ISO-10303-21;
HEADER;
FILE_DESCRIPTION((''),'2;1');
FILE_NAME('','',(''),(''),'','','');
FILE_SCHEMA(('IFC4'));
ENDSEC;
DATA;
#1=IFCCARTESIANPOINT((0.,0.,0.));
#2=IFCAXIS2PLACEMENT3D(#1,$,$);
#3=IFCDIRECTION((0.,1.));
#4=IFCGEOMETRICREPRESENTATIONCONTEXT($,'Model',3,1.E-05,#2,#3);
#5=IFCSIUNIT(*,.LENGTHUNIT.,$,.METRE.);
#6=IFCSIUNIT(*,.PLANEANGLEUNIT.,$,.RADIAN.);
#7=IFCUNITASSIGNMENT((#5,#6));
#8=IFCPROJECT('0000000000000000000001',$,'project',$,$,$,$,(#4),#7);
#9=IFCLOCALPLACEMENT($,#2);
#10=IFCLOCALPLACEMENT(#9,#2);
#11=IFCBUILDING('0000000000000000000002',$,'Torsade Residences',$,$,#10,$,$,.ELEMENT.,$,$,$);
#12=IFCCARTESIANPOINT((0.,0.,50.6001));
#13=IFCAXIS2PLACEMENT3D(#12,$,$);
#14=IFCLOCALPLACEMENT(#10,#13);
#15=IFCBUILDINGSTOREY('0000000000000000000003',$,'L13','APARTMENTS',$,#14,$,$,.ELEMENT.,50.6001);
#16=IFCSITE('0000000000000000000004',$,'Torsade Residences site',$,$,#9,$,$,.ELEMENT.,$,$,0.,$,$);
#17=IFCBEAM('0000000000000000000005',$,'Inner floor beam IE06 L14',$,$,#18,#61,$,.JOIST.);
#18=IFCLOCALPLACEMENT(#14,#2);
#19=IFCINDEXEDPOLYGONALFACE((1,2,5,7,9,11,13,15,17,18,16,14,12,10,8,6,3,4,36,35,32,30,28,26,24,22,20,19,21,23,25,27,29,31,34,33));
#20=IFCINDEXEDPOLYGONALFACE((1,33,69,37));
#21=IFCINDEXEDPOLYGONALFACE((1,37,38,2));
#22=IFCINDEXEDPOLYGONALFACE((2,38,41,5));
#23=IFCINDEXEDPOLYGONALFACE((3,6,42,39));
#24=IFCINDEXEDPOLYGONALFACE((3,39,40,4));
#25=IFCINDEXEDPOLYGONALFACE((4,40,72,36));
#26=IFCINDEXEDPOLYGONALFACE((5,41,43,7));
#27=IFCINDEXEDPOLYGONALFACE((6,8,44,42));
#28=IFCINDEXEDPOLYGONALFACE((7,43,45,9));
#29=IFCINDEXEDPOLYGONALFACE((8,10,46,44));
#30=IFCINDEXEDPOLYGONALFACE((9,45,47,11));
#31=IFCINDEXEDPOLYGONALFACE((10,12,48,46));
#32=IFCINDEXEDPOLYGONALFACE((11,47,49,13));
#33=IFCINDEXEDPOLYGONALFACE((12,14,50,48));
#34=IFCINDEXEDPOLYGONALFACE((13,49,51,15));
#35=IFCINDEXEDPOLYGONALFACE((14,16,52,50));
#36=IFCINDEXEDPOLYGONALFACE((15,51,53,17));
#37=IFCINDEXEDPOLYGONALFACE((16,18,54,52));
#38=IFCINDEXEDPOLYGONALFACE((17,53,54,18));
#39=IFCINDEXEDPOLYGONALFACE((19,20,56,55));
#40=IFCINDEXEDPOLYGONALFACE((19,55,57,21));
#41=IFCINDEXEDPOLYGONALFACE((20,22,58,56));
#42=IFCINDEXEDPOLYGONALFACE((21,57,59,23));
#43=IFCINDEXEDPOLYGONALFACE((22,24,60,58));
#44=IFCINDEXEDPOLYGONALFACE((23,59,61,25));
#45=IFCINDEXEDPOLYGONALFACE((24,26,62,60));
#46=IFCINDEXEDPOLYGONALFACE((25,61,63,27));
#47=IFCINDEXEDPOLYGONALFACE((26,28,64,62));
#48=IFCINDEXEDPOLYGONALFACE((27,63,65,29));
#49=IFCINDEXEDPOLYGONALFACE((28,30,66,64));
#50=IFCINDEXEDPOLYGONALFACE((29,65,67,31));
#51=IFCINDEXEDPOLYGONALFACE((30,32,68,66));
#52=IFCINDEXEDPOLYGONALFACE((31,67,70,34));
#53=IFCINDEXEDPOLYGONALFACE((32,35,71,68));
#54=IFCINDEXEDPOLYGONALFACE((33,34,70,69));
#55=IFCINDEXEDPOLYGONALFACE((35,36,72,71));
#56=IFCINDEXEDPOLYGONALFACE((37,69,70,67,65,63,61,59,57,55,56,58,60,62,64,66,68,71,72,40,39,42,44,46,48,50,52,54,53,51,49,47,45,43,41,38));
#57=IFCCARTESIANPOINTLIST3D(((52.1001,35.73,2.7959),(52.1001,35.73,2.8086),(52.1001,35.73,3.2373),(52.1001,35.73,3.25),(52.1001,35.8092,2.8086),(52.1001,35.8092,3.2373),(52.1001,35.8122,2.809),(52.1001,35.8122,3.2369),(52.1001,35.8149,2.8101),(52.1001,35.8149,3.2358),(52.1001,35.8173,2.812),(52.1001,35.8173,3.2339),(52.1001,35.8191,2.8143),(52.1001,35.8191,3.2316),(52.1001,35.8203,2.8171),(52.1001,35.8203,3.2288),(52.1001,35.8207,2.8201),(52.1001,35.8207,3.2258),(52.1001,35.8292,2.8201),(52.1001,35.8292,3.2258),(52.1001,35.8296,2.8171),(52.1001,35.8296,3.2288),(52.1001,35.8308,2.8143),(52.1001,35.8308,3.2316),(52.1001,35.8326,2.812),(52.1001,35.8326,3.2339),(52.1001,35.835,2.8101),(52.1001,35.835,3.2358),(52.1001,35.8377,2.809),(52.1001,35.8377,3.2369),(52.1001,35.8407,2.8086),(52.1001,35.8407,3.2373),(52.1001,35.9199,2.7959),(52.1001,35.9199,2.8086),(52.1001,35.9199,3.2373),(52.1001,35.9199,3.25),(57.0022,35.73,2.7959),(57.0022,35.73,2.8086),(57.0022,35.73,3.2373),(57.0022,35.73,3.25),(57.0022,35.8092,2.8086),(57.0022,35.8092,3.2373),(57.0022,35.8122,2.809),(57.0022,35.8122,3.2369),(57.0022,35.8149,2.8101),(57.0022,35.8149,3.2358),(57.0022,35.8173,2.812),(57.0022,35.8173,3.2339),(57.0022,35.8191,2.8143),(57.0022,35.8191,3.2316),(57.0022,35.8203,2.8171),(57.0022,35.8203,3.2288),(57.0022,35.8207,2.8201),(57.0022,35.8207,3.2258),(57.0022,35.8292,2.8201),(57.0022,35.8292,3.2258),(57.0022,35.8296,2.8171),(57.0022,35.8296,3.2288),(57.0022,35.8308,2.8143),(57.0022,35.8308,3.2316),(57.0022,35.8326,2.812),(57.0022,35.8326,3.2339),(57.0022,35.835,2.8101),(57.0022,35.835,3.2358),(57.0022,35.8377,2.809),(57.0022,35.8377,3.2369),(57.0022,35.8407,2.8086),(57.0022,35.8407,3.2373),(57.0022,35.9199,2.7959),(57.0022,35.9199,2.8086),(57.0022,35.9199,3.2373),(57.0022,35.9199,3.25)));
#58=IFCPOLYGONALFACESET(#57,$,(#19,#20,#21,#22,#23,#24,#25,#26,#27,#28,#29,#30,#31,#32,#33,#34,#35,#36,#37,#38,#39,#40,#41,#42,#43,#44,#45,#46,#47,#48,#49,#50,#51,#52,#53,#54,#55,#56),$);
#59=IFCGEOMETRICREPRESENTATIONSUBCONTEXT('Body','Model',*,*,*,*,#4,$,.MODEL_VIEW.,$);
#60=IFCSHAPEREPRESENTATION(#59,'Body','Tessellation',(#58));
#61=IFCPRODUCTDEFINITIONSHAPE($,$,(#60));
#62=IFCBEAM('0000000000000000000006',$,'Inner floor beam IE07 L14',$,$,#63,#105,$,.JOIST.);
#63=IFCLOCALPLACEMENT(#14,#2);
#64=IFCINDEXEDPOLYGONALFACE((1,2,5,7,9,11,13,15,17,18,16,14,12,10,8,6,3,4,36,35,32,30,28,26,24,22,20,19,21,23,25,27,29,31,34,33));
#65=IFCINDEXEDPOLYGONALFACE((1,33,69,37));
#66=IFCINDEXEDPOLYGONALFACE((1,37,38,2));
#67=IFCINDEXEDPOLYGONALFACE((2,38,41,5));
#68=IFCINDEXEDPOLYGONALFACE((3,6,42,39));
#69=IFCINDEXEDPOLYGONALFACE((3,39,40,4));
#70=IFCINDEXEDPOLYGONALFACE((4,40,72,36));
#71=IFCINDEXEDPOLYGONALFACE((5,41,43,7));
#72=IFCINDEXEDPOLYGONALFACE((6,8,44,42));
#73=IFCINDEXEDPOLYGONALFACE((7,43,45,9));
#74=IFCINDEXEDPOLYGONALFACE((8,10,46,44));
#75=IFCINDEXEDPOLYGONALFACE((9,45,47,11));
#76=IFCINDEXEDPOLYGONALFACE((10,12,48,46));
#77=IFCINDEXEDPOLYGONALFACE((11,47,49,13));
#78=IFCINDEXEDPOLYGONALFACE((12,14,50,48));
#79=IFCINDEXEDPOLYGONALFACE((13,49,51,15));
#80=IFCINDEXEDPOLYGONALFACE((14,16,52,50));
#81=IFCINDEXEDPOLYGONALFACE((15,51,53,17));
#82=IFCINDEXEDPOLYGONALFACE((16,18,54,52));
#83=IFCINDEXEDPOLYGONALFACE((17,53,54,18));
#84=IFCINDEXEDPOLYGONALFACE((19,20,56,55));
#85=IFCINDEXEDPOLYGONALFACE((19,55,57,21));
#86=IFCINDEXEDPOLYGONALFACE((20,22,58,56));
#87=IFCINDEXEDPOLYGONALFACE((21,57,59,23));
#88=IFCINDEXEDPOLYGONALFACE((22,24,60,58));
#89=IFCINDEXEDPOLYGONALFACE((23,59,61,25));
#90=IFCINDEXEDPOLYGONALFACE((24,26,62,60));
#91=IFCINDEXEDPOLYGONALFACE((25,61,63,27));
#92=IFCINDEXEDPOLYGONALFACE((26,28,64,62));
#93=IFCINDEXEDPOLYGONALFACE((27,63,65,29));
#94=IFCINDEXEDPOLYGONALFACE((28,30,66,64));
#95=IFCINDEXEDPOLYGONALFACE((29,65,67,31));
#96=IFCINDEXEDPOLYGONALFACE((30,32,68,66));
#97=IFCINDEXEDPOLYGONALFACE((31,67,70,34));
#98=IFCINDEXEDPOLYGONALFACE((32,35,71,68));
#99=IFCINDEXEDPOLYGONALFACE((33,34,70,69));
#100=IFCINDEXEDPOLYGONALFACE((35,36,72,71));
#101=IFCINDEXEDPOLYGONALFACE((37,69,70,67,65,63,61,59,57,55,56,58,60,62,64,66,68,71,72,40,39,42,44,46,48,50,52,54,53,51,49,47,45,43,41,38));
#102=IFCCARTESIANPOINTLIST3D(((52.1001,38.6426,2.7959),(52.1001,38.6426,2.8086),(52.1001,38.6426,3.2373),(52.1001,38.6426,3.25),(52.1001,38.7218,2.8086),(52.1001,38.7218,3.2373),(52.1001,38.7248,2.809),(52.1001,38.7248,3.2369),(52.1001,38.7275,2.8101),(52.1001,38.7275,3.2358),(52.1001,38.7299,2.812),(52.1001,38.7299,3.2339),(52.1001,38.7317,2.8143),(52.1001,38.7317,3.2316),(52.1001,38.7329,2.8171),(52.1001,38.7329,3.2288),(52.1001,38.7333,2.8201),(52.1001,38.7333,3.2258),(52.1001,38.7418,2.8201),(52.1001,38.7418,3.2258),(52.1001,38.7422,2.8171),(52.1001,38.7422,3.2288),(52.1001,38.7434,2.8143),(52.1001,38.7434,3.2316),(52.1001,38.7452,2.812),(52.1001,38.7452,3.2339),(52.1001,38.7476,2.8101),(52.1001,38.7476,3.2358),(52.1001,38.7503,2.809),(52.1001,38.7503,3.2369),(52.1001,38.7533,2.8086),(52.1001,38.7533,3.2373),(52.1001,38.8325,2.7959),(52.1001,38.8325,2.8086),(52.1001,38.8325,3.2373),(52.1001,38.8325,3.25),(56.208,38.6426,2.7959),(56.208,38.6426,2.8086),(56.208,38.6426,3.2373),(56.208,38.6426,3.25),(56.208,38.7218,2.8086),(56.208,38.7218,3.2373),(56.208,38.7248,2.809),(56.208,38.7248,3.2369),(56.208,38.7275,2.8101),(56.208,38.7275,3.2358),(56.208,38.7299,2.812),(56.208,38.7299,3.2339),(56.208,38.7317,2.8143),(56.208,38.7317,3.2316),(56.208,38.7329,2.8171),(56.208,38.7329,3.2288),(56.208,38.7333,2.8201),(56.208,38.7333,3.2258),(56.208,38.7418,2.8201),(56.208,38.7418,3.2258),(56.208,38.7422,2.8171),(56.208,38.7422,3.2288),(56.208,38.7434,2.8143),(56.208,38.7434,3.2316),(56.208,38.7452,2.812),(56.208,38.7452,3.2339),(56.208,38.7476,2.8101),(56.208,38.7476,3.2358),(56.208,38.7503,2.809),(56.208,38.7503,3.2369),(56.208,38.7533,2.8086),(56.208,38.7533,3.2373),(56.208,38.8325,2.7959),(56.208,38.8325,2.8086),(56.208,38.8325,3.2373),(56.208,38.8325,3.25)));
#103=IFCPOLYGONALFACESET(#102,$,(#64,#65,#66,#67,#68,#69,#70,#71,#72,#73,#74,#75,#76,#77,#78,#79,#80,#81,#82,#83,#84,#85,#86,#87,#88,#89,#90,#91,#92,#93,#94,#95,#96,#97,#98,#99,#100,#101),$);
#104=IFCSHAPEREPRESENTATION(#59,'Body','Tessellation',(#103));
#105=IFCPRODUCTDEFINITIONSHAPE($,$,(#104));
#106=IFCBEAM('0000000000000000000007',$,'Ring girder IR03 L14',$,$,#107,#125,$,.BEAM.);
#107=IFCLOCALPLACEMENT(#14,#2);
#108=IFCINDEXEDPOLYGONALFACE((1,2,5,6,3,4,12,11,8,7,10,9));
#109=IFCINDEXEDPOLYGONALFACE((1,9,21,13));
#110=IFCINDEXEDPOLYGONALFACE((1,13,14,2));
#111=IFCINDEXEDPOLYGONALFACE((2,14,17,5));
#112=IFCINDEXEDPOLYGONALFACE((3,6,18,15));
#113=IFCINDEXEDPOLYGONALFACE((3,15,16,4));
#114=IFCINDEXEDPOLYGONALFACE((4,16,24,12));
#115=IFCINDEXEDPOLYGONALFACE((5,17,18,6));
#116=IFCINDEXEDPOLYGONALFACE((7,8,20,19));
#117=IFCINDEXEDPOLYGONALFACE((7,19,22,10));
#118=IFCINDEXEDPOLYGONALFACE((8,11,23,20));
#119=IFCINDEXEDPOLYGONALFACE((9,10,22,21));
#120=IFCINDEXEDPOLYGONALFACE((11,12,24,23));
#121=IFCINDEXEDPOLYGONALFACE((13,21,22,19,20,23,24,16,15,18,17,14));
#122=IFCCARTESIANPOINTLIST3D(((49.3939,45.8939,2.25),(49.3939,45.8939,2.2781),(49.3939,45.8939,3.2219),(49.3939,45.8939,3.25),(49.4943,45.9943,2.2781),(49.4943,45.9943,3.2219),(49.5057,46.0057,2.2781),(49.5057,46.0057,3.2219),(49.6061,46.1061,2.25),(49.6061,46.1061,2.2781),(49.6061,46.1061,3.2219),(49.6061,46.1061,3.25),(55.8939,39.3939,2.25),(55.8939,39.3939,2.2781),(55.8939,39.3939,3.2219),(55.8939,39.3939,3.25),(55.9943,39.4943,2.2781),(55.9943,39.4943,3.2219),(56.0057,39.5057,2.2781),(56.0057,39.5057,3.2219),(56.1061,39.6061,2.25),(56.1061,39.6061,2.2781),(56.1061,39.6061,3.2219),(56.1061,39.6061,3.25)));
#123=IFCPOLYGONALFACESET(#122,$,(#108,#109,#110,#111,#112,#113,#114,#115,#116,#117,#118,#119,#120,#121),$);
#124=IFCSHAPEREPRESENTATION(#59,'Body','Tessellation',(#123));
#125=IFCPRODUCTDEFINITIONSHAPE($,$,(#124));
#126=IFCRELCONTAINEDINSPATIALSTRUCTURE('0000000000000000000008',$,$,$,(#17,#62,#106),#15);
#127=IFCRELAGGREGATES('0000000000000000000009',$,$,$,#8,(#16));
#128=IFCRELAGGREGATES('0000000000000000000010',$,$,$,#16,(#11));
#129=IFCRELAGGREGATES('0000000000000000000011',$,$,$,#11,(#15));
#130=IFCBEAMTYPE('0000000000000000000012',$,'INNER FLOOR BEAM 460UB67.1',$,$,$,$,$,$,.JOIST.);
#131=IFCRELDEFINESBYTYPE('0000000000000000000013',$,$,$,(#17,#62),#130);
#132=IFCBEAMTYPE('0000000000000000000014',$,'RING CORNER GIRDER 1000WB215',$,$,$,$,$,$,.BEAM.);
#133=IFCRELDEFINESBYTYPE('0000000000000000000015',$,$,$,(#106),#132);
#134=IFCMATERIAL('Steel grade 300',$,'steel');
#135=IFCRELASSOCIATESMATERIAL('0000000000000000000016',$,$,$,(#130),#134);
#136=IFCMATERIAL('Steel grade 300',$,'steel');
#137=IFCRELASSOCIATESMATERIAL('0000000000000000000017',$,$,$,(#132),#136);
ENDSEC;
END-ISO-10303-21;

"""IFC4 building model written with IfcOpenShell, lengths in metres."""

from ifc_helpers import new_model, si_unit, direction, frame, origin, origin_2d, place, context, subcontext, project, spatial, i_section, extrude, material, material_profile, profile_set, type_object, element, save


model = new_model("IFC4")

# Units and contexts
model_context = context("Model", 3, precision=1e-05, world=origin(), true_north=direction((0.0, 1.0)))
body_context = subcontext(model_context, "Body", "Model", "MODEL_VIEW")
ifc_project = project(units=[si_unit("LENGTHUNIT", "METRE"), si_unit("PLANEANGLEUNIT", "RADIAN")], contexts=[model_context])

# Site, building, storey
site_placement = place(None, origin())
site = spatial("IfcSite", under=ifc_project, at=site_placement, Name="Torsade Residences site", CompositionType="ELEMENT", RefElevation=0.0)
building_placement = place(site_placement, origin())
building = spatial("IfcBuilding", under=site, at=building_placement, Name="Torsade Residences", CompositionType="ELEMENT")
storey_placement = place(building_placement, frame((0.0, 0.0, 50.6001)))
storey = spatial("IfcBuildingStorey", under=building, at=storey_placement, Name="L13", Description="APARTMENTS", CompositionType="ELEMENT", Elevation=50.6001)

# Beams
ifc_material_1 = material(Name="Steel grade 300", Category="steel")
ifc_material_profile_1 = material_profile(ifc_material_1, i_section(OverallWidth=0.1899, OverallDepth=0.4541, WebThickness=0.0085, FlangeThickness=0.0127, FilletRadius=0.0115, at=origin_2d()), Name="460UB67.1")
ifc_profile_set_1 = profile_set([ifc_material_profile_1], Name="Steel grade 300")
beam_type_1 = type_object("IfcBeamType", Name="INNER FLOOR BEAM 460UB67.1", PredefinedType="JOIST", material=ifc_profile_set_1)
beam_1_placement = place(storey_placement, frame((52.1001, 35.825, 3.0229), z_axis=(1.0, 0.0, 0.0), x_axis=(0.0, 1.0, 0.0)))
element("IfcBeam", 1, at=beam_1_placement, inside=storey, type_object=beam_type_1, Name="Inner floor beam IE06 L14", PredefinedType="JOIST", context=body_context, shape_type="SweptSolid", body=[
    extrude(i_section(OverallWidth=0.1899, OverallDepth=0.4541, WebThickness=0.0085, FlangeThickness=0.0127, FilletRadius=0.0115, at=origin_2d()), origin(), (0.0, 0.0, 1.0), 4.9021),
])
beam_2_placement = place(storey_placement, frame((52.1001, 38.7375, 3.0229), z_axis=(1.0, 0.0, 0.0), x_axis=(0.0, 1.0, 0.0)))
element("IfcBeam", 2, at=beam_2_placement, inside=storey, type_object=beam_type_1, Name="Inner floor beam IE07 L14", PredefinedType="JOIST", context=body_context, shape_type="SweptSolid", body=[
    extrude(i_section(OverallWidth=0.1899, OverallDepth=0.4541, WebThickness=0.0085, FlangeThickness=0.0127, FilletRadius=0.0115, at=origin_2d()), origin(), (0.0, 0.0, 1.0), 4.1079),
])
ifc_material_2 = material(Name="Steel grade 300", Category="steel")
ifc_material_profile_2 = material_profile(ifc_material_2, i_section(OverallWidth=0.3, OverallDepth=1.0, WebThickness=0.0161, FlangeThickness=0.0281, at=origin_2d()), Name="1000WB215")
ifc_profile_set_2 = profile_set([ifc_material_profile_2], Name="Steel grade 300")
beam_type_2 = type_object("IfcBeamType", Name="RING CORNER GIRDER 1000WB215", PredefinedType="BEAM", material=ifc_profile_set_2)
beam_3_placement = place(storey_placement, frame((56.0, 39.5, 2.75), z_axis=(-0.707107, 0.707107, 0.0), x_axis=(-0.707107, -0.707107, 0.0)))
element("IfcBeam", 3, at=beam_3_placement, inside=storey, type_object=beam_type_2, Name="Ring girder IR03 L14", PredefinedType="BEAM", context=body_context, shape_type="SweptSolid", body=[
    extrude(i_section(OverallWidth=0.3, OverallDepth=1.0, WebThickness=0.0161, FlangeThickness=0.0281, at=origin_2d()), origin(), (0.0, 0.0, 1.0), 9.1924),
])

save(model, "model.ifc")
